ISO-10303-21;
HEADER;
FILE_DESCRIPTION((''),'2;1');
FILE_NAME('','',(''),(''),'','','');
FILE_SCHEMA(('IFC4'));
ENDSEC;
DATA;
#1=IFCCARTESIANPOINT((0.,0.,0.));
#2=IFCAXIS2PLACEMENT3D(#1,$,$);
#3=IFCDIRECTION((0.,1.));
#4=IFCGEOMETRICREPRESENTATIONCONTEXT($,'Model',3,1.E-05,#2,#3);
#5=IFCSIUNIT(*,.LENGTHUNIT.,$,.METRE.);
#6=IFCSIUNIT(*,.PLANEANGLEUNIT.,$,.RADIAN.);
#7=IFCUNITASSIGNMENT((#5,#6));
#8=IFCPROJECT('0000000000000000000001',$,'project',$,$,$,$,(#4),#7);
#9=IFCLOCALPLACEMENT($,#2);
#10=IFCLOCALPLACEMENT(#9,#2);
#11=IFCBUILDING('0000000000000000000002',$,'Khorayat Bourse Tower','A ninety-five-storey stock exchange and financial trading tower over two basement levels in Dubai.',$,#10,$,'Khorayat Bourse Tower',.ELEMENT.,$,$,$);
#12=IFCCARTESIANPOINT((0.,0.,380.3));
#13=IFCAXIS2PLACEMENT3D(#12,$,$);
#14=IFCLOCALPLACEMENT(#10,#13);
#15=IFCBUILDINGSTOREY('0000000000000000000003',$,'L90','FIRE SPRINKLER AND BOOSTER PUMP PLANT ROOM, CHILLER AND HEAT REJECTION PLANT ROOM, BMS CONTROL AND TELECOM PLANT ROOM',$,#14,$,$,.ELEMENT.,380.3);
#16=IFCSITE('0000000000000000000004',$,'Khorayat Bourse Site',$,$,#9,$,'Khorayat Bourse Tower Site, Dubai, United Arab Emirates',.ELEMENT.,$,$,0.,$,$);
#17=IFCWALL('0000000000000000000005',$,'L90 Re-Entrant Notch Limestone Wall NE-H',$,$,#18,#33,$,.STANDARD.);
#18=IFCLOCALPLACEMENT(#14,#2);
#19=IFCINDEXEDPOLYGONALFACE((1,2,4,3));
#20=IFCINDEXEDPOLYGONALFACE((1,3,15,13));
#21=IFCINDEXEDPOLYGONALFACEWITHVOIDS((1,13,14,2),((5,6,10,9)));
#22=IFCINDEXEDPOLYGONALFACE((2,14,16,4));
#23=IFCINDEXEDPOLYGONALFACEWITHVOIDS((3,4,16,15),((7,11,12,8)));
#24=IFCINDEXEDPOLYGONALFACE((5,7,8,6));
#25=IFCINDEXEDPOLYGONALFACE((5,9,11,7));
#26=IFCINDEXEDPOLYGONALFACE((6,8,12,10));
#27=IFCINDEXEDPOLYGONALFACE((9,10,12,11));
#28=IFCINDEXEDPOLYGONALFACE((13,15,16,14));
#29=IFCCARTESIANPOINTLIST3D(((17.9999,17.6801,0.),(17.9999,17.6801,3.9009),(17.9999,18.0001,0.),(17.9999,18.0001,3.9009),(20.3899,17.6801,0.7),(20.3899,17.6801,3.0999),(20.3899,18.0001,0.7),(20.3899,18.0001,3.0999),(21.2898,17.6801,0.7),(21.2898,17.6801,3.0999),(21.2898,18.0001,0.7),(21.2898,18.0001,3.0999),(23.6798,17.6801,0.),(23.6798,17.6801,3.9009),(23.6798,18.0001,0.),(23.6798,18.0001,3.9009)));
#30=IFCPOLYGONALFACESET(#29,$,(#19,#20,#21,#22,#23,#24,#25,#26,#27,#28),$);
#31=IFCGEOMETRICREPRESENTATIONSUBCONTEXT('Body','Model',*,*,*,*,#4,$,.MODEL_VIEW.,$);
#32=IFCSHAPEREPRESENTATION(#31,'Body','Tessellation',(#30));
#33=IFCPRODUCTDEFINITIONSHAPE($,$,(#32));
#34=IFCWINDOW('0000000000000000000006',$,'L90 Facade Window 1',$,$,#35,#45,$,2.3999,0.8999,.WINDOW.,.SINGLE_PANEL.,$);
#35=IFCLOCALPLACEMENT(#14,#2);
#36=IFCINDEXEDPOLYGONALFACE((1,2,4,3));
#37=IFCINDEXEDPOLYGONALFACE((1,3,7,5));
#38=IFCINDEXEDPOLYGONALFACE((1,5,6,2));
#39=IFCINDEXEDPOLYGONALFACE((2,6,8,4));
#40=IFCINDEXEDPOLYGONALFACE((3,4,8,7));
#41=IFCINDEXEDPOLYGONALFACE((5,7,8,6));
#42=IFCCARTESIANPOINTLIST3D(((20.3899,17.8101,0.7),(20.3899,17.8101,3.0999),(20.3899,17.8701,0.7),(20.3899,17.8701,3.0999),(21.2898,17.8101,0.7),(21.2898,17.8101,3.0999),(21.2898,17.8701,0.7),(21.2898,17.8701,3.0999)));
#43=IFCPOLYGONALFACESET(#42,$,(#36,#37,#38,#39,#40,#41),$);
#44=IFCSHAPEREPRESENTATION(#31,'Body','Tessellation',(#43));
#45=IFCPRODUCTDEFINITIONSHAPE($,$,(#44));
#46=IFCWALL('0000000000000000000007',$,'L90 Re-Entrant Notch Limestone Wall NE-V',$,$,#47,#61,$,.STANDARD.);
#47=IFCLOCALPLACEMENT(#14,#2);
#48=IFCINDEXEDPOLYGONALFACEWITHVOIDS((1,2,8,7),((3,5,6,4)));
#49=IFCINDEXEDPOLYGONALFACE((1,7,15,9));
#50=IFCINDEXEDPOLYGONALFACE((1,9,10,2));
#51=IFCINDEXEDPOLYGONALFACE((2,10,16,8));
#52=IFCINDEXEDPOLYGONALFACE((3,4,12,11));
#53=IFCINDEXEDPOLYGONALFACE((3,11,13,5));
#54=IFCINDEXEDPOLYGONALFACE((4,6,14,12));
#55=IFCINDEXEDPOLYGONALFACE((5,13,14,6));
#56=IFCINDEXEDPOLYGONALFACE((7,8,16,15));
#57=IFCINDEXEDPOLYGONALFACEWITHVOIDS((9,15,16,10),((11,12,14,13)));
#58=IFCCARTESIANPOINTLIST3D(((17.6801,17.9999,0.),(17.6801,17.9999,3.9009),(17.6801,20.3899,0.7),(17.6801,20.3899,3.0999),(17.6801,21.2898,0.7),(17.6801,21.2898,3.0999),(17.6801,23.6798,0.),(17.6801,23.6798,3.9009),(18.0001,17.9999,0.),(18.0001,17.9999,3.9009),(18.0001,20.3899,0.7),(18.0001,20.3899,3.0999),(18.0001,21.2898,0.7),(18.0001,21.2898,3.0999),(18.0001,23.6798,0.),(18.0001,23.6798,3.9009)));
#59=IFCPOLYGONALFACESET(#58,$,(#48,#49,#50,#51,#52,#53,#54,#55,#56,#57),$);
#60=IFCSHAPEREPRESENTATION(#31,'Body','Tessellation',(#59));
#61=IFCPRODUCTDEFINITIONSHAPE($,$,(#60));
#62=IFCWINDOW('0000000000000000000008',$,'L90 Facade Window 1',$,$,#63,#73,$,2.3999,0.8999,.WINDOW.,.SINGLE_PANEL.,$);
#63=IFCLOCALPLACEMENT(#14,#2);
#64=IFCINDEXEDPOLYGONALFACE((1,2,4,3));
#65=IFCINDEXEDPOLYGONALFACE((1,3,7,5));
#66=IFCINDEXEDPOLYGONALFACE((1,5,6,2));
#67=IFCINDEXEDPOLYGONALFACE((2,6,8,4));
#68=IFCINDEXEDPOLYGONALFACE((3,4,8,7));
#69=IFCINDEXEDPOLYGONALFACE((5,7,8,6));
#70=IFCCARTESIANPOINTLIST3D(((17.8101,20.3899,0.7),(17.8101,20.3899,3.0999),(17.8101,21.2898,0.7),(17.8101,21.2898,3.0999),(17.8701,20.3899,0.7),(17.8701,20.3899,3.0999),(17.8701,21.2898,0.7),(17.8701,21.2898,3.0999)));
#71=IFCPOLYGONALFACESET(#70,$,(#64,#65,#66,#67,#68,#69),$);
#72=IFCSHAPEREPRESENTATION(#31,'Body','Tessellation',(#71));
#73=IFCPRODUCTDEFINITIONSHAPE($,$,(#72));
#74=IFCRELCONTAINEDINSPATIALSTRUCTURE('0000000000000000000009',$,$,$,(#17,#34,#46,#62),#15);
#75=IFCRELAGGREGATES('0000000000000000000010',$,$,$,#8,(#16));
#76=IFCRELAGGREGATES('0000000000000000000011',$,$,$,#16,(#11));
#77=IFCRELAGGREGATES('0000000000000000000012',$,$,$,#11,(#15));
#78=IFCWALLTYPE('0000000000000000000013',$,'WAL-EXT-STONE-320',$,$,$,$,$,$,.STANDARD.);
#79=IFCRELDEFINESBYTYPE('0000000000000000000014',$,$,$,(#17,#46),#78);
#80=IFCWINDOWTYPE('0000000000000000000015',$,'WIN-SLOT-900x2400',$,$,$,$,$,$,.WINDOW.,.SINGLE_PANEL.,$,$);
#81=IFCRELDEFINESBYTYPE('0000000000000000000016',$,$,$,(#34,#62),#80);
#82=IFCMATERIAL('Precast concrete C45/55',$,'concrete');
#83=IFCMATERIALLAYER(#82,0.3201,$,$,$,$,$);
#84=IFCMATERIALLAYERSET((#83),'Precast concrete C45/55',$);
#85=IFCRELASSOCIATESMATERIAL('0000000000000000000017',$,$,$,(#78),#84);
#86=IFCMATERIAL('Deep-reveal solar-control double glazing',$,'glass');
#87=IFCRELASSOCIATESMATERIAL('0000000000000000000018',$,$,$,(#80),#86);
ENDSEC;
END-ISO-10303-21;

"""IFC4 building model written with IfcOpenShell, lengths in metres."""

from ifc_helpers import new_model, si_unit, direction, frame, frame_2d, origin, place, context, subcontext, project, spatial, rectangle, extrude, source, transform, mapped, material, layer, layer_set, type_object, element, fill, save


model = new_model("IFC4")

# Units and contexts
model_context = context("Model", 3, precision=1e-05, world=origin(), true_north=direction((0.0, 1.0)))
body_context = subcontext(model_context, "Body", "Model", "MODEL_VIEW")
ifc_project = project(units=[si_unit("LENGTHUNIT", "METRE"), si_unit("PLANEANGLEUNIT", "RADIAN")], contexts=[model_context])

# Site, building, storey
site_placement = place(None, origin())
site = spatial("IfcSite", under=ifc_project, at=site_placement, Name="Khorayat Bourse Site", LongName="Khorayat Bourse Tower Site, Dubai, United Arab Emirates", CompositionType="ELEMENT", RefElevation=0.0)
building_placement = place(site_placement, origin())
building = spatial("IfcBuilding", under=site, at=building_placement, Name="Khorayat Bourse Tower", Description="A ninety-five-storey stock exchange and financial trading tower over two basement levels in Dubai.", LongName="Khorayat Bourse Tower", CompositionType="ELEMENT")
storey_placement = place(building_placement, frame((0.0, 0.0, 380.3)))
storey = spatial("IfcBuildingStorey", under=building, at=storey_placement, Name="L90", Description="FIRE SPRINKLER AND BOOSTER PUMP PLANT ROOM, CHILLER AND HEAT REJECTION PLANT ROOM, BMS CONTROL AND TELECOM PLANT ROOM", CompositionType="ELEMENT", Elevation=380.3)

# Walls, openings, windows
ifc_material_1 = material(Name="Precast concrete C45/55", Category="concrete")
ifc_layer_1 = layer(ifc_material_1, 0.3201)
ifc_layer_set_1 = layer_set([ifc_layer_1], Name="Precast concrete C45/55")
wall_type = type_object("IfcWallType", Name="WAL-EXT-STONE-320", PredefinedType="STANDARD", material=ifc_layer_set_1)
shared_shape_1 = source(origin(), body_context, "Body", "SweptSolid", [
    extrude(rectangle(XDim=5.6799, YDim=0.3201, at=frame_2d((2.8398, 0.0))), origin(), (0.0, 0.0, 1.0), 3.9009),
])
wall_1_placement = place(storey_placement, frame((18.0, 17.8401, 0.0), z_axis=(0.0, 0.0, 1.0), x_axis=(1.0, 0.0, 0.0)))
wall_1 = element("IfcWall", 1, at=wall_1_placement, inside=storey, type_object=wall_type, Name="L90 Re-Entrant Notch Limestone Wall NE-H", PredefinedType="STANDARD", context=body_context, shape_type="MappedRepresentation", body=[
    mapped(shared_shape_1, transform((0.0, 0.0, 0.0), scale=1.0)),
])
shared_shape_2 = source(origin(), body_context, "Body", "SweptSolid", [
    extrude(rectangle(XDim=0.8999, YDim=2.3999, at=frame_2d((0.45, 1.2))), frame((0.0, 0.1699, 0.0), z_axis=(0.0, -1.0, 0.0), x_axis=(1.0, 0.0, 0.0)), (0.0, 0.0, 1.0), 0.3401),
])
opening_1_placement = place(wall_1_placement, frame((2.3899, 0.0, 0.7)))
opening_1 = element("IfcOpeningElement", 2, at=opening_1_placement, cuts=wall_1, PredefinedType="OPENING", context=body_context, shape_type="MappedRepresentation", body=[
    mapped(shared_shape_2, transform((0.0, 0.0, 0.0), scale=1.0)),
])
ifc_material_2 = material(Name="Deep-reveal solar-control double glazing", Category="glass")
window_type = type_object("IfcWindowType", Name="WIN-SLOT-900x2400", PartitioningType="SINGLE_PANEL", PredefinedType="WINDOW", material=ifc_material_2)
shared_shape_3 = source(origin(), body_context, "Body", "SweptSolid", [
    extrude(rectangle(XDim=0.8999, YDim=2.3999, at=frame_2d((0.45, 1.2))), frame((0.0, 0.03, 0.0), z_axis=(0.0, -1.0, 0.0), x_axis=(1.0, 0.0, 0.0)), (0.0, 0.0, 1.0), 0.0601),
])
window_1_placement = place(opening_1_placement, origin())
window_1 = element("IfcWindow", 3, at=window_1_placement, inside=storey, type_object=window_type, Name="L90 Facade Window 1", OverallHeight=2.3999, OverallWidth=0.8999, PartitioningType="SINGLE_PANEL", PredefinedType="WINDOW", context=body_context, shape_type="MappedRepresentation", body=[
    mapped(shared_shape_3, transform((0.0, 0.0, 0.0), scale=1.0)),
])
fill(opening_1, window_1)
wall_2_placement = place(storey_placement, frame((17.8401, 18.0, 0.0), z_axis=(0.0, 0.0, 1.0), x_axis=(0.0, 1.0, 0.0)))
wall_2 = element("IfcWall", 4, at=wall_2_placement, inside=storey, type_object=wall_type, Name="L90 Re-Entrant Notch Limestone Wall NE-V", PredefinedType="STANDARD", context=body_context, shape_type="MappedRepresentation", body=[
    mapped(shared_shape_1, transform((0.0, 0.0, 0.0), scale=1.0)),
])
opening_2_placement = place(wall_2_placement, frame((2.3899, 0.0, 0.7)))
opening_2 = element("IfcOpeningElement", 5, at=opening_2_placement, cuts=wall_2, PredefinedType="OPENING", context=body_context, shape_type="MappedRepresentation", body=[
    mapped(shared_shape_2, transform((0.0, 0.0, 0.0), scale=1.0)),
])
window_2_placement = place(opening_2_placement, origin())
window_2 = element("IfcWindow", 6, at=window_2_placement, inside=storey, type_object=window_type, Name="L90 Facade Window 1", OverallHeight=2.3999, OverallWidth=0.8999, PartitioningType="SINGLE_PANEL", PredefinedType="WINDOW", context=body_context, shape_type="MappedRepresentation", body=[
    mapped(shared_shape_3, transform((0.0, 0.0, 0.0), scale=1.0)),
])
fill(opening_2, window_2)

save(model, "model.ifc")
